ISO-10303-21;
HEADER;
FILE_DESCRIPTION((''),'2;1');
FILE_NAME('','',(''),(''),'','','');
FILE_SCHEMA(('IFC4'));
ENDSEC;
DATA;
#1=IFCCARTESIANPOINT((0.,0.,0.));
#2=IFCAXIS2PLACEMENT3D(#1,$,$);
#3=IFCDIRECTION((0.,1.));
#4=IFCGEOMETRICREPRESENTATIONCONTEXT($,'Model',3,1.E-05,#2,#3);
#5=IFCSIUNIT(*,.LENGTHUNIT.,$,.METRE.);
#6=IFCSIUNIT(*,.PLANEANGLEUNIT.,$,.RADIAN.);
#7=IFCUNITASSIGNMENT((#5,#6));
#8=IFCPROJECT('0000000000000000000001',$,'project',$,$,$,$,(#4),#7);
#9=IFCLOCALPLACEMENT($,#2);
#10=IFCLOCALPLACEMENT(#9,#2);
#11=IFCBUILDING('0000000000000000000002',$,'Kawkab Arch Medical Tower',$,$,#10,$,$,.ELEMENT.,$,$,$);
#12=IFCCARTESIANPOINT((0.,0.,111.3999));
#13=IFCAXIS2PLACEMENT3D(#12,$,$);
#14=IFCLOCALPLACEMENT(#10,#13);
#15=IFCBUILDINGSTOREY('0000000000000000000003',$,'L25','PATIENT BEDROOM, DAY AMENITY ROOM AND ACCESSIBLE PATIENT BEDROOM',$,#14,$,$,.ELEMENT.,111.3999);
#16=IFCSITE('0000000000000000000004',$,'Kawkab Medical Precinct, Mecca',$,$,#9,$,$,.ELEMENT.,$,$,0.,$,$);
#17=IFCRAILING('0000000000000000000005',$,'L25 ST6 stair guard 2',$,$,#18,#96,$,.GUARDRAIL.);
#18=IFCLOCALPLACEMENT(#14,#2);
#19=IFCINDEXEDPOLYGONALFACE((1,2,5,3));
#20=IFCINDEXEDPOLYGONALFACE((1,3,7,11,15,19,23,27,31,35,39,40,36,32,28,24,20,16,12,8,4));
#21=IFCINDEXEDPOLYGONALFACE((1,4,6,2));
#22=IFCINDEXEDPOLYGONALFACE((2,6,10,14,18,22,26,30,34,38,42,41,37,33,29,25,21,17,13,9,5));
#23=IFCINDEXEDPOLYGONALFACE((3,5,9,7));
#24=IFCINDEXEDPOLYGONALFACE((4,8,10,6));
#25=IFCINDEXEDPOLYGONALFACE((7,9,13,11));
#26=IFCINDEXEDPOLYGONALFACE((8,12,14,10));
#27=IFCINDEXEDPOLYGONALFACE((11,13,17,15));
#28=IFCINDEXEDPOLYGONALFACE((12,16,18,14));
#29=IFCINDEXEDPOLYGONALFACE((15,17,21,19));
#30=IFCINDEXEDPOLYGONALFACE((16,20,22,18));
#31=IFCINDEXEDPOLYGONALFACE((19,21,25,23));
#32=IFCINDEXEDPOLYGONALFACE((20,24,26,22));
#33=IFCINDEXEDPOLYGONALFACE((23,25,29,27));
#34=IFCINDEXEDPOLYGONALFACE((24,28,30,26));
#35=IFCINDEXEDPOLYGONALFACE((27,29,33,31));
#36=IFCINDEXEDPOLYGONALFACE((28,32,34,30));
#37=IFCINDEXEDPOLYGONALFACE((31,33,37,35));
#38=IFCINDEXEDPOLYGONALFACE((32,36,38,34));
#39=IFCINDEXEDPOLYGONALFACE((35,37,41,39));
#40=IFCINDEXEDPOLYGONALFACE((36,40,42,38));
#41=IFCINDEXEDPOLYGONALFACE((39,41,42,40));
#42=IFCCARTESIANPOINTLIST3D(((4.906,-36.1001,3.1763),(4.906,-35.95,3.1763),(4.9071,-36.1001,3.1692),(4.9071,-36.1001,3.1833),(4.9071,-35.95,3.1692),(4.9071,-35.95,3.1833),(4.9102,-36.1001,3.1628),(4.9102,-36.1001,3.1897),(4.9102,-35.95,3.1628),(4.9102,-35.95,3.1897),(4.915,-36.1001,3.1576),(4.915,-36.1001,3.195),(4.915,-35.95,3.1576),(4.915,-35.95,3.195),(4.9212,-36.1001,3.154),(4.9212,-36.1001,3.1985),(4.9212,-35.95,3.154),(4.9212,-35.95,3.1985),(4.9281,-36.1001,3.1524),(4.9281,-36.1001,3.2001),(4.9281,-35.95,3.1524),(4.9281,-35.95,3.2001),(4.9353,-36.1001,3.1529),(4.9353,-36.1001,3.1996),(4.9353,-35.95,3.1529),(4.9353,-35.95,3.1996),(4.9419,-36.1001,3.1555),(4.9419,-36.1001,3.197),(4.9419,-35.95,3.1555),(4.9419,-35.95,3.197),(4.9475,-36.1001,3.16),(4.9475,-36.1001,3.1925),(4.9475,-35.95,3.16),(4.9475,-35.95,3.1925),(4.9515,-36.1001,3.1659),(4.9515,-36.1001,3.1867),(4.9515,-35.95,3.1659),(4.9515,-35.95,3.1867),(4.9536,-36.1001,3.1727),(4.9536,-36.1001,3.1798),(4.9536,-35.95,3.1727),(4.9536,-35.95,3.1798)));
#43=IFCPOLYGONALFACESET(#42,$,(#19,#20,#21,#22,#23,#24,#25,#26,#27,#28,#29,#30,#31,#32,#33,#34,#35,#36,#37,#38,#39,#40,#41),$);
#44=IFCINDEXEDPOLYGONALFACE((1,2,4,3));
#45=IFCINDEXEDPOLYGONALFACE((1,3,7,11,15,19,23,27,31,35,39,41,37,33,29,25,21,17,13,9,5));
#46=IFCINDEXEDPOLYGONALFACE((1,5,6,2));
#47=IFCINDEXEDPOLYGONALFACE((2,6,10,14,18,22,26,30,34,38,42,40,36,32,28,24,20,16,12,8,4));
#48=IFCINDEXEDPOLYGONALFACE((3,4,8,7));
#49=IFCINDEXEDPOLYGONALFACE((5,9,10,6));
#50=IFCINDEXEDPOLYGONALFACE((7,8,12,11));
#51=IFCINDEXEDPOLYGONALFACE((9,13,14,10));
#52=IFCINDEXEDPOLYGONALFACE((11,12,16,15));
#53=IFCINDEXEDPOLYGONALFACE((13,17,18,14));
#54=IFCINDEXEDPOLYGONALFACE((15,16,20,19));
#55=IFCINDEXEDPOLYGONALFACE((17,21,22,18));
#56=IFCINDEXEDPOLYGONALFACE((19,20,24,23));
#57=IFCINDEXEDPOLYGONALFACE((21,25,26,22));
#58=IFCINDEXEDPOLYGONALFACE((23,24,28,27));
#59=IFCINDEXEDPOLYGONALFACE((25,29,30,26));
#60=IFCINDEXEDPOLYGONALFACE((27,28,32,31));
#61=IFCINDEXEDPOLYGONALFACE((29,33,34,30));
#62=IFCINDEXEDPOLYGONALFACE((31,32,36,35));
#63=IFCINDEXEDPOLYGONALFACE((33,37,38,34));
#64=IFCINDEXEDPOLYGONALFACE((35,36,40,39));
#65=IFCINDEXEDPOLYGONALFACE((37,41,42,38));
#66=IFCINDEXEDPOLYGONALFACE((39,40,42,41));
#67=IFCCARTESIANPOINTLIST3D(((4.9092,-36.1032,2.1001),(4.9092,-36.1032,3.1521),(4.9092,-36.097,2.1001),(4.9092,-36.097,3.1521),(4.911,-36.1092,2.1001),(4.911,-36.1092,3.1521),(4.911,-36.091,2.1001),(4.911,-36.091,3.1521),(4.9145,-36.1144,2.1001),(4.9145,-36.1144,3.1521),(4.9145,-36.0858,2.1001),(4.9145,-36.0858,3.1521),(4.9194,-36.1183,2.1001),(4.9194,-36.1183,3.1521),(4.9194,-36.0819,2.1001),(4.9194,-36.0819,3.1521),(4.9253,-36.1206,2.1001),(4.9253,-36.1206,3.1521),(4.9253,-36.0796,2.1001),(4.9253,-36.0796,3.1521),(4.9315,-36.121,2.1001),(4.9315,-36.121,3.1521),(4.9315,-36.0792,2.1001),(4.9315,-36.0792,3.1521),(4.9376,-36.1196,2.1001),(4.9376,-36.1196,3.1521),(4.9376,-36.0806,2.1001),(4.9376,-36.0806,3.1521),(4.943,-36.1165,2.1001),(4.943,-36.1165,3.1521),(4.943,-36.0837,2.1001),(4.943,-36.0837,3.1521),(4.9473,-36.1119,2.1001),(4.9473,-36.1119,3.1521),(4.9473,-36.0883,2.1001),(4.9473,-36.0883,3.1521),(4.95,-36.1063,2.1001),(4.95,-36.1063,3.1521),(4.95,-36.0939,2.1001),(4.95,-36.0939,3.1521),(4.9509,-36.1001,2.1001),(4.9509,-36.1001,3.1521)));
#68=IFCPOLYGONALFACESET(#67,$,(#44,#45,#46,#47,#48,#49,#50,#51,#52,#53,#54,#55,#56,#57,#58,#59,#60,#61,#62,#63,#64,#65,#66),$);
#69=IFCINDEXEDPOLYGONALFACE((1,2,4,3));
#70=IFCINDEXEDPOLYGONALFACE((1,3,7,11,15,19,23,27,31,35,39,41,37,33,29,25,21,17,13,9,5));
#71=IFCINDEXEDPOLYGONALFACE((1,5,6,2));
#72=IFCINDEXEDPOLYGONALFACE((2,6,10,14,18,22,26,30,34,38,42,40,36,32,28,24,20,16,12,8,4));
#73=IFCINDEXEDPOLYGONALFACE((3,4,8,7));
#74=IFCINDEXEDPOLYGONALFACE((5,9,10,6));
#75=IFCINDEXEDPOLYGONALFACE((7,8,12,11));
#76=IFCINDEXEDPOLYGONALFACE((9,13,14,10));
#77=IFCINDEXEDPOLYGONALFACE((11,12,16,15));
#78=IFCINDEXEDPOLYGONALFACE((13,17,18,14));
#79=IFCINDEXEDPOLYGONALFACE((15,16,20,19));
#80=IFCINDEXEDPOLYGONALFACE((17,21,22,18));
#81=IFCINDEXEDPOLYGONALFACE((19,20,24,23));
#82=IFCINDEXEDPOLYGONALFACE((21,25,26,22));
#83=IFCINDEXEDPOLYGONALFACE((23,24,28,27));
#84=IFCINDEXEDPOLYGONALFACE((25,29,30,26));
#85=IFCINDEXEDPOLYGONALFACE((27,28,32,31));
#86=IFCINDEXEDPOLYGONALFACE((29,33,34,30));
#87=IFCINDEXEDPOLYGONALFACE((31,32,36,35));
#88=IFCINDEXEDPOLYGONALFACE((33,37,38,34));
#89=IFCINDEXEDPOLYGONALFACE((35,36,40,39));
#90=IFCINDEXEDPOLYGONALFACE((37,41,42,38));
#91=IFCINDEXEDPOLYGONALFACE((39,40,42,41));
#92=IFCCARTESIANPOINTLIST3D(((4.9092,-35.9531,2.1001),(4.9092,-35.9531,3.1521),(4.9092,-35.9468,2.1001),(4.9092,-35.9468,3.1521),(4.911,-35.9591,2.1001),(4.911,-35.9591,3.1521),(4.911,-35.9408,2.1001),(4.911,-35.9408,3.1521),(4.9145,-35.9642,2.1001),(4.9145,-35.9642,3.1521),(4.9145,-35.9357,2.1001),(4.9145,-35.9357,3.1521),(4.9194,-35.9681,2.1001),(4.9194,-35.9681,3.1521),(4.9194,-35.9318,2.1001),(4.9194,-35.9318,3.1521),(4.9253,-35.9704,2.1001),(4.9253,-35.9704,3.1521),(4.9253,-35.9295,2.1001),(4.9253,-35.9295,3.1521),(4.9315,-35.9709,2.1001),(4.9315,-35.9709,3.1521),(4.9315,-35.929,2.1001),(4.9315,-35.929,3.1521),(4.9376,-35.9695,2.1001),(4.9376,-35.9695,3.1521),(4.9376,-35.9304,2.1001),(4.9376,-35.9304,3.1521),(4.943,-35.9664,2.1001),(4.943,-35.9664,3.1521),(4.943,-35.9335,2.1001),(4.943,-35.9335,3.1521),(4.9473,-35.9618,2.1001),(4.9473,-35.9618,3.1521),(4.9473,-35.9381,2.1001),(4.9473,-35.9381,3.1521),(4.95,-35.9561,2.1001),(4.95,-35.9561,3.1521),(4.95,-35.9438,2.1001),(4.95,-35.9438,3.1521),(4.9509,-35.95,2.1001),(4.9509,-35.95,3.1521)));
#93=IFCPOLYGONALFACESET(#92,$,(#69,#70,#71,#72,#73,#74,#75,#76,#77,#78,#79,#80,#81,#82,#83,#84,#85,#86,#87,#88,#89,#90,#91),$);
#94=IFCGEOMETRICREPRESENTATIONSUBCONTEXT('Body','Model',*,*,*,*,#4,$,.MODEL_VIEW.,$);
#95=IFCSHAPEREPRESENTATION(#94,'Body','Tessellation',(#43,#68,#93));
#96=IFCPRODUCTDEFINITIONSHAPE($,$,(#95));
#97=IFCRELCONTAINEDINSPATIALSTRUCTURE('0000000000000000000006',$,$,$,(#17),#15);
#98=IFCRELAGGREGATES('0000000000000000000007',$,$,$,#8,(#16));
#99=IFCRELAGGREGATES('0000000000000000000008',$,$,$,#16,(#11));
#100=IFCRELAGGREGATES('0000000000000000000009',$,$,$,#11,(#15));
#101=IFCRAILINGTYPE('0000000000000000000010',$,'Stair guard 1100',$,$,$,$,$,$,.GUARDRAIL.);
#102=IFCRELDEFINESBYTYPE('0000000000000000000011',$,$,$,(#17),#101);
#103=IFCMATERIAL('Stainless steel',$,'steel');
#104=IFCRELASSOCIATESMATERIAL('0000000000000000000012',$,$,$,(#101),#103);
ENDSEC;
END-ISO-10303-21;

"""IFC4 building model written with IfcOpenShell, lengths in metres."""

from ifc_helpers import new_model, si_unit, direction, frame, origin, origin_2d, place, context, subcontext, project, spatial, circle, extrude, material, type_object, element, save


model = new_model("IFC4")

# Units and contexts
model_context = context("Model", 3, precision=1e-05, world=origin(), true_north=direction((0.0, 1.0)))
body_context = subcontext(model_context, "Body", "Model", "MODEL_VIEW")
ifc_project = project(units=[si_unit("LENGTHUNIT", "METRE"), si_unit("PLANEANGLEUNIT", "RADIAN")], contexts=[model_context])

# Site, building, storey
site_placement = place(None, origin())
site = spatial("IfcSite", under=ifc_project, at=site_placement, Name="Kawkab Medical Precinct, Mecca", CompositionType="ELEMENT", RefElevation=0.0)
building_placement = place(site_placement, origin())
building = spatial("IfcBuilding", under=site, at=building_placement, Name="Kawkab Arch Medical Tower", CompositionType="ELEMENT")
storey_placement = place(building_placement, frame((0.0, 0.0, 111.3999)))
storey = spatial("IfcBuildingStorey", under=building, at=storey_placement, Name="L25", Description="PATIENT BEDROOM, DAY AMENITY ROOM AND ACCESSIBLE PATIENT BEDROOM", CompositionType="ELEMENT", Elevation=111.3999)

# Railing
ifc_material_1 = material(Name="Stainless steel", Category="steel")
railing_type = type_object("IfcRailingType", Name="Stair guard 1100", PredefinedType="GUARDRAIL", material=ifc_material_1)
railing_1_placement = place(storey_placement, frame((4.9299, -36.1001, 2.1001)))
element("IfcRailing", 1, at=railing_1_placement, inside=storey, type_object=railing_type, Name="L25 ST6 stair guard 2", PredefinedType="GUARDRAIL", context=body_context, shape_type="SweptSolid", body=[
    extrude(circle(Radius=0.0239, at=origin_2d()), frame((0.0, 0.0, 1.0762), z_axis=(0.0, 1.0, 0.0), x_axis=(-1.0, 0.0, 0.0)), (0.0, 0.0, 1.0), 0.1501),
    extrude(circle(Radius=0.021, at=origin_2d()), origin(), (0.0, 0.0, 1.0), 1.052),
    extrude(circle(Radius=0.021, at=origin_2d()), frame((0.0, 0.1501, 0.0)), (0.0, 0.0, 1.0), 1.052),
])

save(model, "model.ifc")
